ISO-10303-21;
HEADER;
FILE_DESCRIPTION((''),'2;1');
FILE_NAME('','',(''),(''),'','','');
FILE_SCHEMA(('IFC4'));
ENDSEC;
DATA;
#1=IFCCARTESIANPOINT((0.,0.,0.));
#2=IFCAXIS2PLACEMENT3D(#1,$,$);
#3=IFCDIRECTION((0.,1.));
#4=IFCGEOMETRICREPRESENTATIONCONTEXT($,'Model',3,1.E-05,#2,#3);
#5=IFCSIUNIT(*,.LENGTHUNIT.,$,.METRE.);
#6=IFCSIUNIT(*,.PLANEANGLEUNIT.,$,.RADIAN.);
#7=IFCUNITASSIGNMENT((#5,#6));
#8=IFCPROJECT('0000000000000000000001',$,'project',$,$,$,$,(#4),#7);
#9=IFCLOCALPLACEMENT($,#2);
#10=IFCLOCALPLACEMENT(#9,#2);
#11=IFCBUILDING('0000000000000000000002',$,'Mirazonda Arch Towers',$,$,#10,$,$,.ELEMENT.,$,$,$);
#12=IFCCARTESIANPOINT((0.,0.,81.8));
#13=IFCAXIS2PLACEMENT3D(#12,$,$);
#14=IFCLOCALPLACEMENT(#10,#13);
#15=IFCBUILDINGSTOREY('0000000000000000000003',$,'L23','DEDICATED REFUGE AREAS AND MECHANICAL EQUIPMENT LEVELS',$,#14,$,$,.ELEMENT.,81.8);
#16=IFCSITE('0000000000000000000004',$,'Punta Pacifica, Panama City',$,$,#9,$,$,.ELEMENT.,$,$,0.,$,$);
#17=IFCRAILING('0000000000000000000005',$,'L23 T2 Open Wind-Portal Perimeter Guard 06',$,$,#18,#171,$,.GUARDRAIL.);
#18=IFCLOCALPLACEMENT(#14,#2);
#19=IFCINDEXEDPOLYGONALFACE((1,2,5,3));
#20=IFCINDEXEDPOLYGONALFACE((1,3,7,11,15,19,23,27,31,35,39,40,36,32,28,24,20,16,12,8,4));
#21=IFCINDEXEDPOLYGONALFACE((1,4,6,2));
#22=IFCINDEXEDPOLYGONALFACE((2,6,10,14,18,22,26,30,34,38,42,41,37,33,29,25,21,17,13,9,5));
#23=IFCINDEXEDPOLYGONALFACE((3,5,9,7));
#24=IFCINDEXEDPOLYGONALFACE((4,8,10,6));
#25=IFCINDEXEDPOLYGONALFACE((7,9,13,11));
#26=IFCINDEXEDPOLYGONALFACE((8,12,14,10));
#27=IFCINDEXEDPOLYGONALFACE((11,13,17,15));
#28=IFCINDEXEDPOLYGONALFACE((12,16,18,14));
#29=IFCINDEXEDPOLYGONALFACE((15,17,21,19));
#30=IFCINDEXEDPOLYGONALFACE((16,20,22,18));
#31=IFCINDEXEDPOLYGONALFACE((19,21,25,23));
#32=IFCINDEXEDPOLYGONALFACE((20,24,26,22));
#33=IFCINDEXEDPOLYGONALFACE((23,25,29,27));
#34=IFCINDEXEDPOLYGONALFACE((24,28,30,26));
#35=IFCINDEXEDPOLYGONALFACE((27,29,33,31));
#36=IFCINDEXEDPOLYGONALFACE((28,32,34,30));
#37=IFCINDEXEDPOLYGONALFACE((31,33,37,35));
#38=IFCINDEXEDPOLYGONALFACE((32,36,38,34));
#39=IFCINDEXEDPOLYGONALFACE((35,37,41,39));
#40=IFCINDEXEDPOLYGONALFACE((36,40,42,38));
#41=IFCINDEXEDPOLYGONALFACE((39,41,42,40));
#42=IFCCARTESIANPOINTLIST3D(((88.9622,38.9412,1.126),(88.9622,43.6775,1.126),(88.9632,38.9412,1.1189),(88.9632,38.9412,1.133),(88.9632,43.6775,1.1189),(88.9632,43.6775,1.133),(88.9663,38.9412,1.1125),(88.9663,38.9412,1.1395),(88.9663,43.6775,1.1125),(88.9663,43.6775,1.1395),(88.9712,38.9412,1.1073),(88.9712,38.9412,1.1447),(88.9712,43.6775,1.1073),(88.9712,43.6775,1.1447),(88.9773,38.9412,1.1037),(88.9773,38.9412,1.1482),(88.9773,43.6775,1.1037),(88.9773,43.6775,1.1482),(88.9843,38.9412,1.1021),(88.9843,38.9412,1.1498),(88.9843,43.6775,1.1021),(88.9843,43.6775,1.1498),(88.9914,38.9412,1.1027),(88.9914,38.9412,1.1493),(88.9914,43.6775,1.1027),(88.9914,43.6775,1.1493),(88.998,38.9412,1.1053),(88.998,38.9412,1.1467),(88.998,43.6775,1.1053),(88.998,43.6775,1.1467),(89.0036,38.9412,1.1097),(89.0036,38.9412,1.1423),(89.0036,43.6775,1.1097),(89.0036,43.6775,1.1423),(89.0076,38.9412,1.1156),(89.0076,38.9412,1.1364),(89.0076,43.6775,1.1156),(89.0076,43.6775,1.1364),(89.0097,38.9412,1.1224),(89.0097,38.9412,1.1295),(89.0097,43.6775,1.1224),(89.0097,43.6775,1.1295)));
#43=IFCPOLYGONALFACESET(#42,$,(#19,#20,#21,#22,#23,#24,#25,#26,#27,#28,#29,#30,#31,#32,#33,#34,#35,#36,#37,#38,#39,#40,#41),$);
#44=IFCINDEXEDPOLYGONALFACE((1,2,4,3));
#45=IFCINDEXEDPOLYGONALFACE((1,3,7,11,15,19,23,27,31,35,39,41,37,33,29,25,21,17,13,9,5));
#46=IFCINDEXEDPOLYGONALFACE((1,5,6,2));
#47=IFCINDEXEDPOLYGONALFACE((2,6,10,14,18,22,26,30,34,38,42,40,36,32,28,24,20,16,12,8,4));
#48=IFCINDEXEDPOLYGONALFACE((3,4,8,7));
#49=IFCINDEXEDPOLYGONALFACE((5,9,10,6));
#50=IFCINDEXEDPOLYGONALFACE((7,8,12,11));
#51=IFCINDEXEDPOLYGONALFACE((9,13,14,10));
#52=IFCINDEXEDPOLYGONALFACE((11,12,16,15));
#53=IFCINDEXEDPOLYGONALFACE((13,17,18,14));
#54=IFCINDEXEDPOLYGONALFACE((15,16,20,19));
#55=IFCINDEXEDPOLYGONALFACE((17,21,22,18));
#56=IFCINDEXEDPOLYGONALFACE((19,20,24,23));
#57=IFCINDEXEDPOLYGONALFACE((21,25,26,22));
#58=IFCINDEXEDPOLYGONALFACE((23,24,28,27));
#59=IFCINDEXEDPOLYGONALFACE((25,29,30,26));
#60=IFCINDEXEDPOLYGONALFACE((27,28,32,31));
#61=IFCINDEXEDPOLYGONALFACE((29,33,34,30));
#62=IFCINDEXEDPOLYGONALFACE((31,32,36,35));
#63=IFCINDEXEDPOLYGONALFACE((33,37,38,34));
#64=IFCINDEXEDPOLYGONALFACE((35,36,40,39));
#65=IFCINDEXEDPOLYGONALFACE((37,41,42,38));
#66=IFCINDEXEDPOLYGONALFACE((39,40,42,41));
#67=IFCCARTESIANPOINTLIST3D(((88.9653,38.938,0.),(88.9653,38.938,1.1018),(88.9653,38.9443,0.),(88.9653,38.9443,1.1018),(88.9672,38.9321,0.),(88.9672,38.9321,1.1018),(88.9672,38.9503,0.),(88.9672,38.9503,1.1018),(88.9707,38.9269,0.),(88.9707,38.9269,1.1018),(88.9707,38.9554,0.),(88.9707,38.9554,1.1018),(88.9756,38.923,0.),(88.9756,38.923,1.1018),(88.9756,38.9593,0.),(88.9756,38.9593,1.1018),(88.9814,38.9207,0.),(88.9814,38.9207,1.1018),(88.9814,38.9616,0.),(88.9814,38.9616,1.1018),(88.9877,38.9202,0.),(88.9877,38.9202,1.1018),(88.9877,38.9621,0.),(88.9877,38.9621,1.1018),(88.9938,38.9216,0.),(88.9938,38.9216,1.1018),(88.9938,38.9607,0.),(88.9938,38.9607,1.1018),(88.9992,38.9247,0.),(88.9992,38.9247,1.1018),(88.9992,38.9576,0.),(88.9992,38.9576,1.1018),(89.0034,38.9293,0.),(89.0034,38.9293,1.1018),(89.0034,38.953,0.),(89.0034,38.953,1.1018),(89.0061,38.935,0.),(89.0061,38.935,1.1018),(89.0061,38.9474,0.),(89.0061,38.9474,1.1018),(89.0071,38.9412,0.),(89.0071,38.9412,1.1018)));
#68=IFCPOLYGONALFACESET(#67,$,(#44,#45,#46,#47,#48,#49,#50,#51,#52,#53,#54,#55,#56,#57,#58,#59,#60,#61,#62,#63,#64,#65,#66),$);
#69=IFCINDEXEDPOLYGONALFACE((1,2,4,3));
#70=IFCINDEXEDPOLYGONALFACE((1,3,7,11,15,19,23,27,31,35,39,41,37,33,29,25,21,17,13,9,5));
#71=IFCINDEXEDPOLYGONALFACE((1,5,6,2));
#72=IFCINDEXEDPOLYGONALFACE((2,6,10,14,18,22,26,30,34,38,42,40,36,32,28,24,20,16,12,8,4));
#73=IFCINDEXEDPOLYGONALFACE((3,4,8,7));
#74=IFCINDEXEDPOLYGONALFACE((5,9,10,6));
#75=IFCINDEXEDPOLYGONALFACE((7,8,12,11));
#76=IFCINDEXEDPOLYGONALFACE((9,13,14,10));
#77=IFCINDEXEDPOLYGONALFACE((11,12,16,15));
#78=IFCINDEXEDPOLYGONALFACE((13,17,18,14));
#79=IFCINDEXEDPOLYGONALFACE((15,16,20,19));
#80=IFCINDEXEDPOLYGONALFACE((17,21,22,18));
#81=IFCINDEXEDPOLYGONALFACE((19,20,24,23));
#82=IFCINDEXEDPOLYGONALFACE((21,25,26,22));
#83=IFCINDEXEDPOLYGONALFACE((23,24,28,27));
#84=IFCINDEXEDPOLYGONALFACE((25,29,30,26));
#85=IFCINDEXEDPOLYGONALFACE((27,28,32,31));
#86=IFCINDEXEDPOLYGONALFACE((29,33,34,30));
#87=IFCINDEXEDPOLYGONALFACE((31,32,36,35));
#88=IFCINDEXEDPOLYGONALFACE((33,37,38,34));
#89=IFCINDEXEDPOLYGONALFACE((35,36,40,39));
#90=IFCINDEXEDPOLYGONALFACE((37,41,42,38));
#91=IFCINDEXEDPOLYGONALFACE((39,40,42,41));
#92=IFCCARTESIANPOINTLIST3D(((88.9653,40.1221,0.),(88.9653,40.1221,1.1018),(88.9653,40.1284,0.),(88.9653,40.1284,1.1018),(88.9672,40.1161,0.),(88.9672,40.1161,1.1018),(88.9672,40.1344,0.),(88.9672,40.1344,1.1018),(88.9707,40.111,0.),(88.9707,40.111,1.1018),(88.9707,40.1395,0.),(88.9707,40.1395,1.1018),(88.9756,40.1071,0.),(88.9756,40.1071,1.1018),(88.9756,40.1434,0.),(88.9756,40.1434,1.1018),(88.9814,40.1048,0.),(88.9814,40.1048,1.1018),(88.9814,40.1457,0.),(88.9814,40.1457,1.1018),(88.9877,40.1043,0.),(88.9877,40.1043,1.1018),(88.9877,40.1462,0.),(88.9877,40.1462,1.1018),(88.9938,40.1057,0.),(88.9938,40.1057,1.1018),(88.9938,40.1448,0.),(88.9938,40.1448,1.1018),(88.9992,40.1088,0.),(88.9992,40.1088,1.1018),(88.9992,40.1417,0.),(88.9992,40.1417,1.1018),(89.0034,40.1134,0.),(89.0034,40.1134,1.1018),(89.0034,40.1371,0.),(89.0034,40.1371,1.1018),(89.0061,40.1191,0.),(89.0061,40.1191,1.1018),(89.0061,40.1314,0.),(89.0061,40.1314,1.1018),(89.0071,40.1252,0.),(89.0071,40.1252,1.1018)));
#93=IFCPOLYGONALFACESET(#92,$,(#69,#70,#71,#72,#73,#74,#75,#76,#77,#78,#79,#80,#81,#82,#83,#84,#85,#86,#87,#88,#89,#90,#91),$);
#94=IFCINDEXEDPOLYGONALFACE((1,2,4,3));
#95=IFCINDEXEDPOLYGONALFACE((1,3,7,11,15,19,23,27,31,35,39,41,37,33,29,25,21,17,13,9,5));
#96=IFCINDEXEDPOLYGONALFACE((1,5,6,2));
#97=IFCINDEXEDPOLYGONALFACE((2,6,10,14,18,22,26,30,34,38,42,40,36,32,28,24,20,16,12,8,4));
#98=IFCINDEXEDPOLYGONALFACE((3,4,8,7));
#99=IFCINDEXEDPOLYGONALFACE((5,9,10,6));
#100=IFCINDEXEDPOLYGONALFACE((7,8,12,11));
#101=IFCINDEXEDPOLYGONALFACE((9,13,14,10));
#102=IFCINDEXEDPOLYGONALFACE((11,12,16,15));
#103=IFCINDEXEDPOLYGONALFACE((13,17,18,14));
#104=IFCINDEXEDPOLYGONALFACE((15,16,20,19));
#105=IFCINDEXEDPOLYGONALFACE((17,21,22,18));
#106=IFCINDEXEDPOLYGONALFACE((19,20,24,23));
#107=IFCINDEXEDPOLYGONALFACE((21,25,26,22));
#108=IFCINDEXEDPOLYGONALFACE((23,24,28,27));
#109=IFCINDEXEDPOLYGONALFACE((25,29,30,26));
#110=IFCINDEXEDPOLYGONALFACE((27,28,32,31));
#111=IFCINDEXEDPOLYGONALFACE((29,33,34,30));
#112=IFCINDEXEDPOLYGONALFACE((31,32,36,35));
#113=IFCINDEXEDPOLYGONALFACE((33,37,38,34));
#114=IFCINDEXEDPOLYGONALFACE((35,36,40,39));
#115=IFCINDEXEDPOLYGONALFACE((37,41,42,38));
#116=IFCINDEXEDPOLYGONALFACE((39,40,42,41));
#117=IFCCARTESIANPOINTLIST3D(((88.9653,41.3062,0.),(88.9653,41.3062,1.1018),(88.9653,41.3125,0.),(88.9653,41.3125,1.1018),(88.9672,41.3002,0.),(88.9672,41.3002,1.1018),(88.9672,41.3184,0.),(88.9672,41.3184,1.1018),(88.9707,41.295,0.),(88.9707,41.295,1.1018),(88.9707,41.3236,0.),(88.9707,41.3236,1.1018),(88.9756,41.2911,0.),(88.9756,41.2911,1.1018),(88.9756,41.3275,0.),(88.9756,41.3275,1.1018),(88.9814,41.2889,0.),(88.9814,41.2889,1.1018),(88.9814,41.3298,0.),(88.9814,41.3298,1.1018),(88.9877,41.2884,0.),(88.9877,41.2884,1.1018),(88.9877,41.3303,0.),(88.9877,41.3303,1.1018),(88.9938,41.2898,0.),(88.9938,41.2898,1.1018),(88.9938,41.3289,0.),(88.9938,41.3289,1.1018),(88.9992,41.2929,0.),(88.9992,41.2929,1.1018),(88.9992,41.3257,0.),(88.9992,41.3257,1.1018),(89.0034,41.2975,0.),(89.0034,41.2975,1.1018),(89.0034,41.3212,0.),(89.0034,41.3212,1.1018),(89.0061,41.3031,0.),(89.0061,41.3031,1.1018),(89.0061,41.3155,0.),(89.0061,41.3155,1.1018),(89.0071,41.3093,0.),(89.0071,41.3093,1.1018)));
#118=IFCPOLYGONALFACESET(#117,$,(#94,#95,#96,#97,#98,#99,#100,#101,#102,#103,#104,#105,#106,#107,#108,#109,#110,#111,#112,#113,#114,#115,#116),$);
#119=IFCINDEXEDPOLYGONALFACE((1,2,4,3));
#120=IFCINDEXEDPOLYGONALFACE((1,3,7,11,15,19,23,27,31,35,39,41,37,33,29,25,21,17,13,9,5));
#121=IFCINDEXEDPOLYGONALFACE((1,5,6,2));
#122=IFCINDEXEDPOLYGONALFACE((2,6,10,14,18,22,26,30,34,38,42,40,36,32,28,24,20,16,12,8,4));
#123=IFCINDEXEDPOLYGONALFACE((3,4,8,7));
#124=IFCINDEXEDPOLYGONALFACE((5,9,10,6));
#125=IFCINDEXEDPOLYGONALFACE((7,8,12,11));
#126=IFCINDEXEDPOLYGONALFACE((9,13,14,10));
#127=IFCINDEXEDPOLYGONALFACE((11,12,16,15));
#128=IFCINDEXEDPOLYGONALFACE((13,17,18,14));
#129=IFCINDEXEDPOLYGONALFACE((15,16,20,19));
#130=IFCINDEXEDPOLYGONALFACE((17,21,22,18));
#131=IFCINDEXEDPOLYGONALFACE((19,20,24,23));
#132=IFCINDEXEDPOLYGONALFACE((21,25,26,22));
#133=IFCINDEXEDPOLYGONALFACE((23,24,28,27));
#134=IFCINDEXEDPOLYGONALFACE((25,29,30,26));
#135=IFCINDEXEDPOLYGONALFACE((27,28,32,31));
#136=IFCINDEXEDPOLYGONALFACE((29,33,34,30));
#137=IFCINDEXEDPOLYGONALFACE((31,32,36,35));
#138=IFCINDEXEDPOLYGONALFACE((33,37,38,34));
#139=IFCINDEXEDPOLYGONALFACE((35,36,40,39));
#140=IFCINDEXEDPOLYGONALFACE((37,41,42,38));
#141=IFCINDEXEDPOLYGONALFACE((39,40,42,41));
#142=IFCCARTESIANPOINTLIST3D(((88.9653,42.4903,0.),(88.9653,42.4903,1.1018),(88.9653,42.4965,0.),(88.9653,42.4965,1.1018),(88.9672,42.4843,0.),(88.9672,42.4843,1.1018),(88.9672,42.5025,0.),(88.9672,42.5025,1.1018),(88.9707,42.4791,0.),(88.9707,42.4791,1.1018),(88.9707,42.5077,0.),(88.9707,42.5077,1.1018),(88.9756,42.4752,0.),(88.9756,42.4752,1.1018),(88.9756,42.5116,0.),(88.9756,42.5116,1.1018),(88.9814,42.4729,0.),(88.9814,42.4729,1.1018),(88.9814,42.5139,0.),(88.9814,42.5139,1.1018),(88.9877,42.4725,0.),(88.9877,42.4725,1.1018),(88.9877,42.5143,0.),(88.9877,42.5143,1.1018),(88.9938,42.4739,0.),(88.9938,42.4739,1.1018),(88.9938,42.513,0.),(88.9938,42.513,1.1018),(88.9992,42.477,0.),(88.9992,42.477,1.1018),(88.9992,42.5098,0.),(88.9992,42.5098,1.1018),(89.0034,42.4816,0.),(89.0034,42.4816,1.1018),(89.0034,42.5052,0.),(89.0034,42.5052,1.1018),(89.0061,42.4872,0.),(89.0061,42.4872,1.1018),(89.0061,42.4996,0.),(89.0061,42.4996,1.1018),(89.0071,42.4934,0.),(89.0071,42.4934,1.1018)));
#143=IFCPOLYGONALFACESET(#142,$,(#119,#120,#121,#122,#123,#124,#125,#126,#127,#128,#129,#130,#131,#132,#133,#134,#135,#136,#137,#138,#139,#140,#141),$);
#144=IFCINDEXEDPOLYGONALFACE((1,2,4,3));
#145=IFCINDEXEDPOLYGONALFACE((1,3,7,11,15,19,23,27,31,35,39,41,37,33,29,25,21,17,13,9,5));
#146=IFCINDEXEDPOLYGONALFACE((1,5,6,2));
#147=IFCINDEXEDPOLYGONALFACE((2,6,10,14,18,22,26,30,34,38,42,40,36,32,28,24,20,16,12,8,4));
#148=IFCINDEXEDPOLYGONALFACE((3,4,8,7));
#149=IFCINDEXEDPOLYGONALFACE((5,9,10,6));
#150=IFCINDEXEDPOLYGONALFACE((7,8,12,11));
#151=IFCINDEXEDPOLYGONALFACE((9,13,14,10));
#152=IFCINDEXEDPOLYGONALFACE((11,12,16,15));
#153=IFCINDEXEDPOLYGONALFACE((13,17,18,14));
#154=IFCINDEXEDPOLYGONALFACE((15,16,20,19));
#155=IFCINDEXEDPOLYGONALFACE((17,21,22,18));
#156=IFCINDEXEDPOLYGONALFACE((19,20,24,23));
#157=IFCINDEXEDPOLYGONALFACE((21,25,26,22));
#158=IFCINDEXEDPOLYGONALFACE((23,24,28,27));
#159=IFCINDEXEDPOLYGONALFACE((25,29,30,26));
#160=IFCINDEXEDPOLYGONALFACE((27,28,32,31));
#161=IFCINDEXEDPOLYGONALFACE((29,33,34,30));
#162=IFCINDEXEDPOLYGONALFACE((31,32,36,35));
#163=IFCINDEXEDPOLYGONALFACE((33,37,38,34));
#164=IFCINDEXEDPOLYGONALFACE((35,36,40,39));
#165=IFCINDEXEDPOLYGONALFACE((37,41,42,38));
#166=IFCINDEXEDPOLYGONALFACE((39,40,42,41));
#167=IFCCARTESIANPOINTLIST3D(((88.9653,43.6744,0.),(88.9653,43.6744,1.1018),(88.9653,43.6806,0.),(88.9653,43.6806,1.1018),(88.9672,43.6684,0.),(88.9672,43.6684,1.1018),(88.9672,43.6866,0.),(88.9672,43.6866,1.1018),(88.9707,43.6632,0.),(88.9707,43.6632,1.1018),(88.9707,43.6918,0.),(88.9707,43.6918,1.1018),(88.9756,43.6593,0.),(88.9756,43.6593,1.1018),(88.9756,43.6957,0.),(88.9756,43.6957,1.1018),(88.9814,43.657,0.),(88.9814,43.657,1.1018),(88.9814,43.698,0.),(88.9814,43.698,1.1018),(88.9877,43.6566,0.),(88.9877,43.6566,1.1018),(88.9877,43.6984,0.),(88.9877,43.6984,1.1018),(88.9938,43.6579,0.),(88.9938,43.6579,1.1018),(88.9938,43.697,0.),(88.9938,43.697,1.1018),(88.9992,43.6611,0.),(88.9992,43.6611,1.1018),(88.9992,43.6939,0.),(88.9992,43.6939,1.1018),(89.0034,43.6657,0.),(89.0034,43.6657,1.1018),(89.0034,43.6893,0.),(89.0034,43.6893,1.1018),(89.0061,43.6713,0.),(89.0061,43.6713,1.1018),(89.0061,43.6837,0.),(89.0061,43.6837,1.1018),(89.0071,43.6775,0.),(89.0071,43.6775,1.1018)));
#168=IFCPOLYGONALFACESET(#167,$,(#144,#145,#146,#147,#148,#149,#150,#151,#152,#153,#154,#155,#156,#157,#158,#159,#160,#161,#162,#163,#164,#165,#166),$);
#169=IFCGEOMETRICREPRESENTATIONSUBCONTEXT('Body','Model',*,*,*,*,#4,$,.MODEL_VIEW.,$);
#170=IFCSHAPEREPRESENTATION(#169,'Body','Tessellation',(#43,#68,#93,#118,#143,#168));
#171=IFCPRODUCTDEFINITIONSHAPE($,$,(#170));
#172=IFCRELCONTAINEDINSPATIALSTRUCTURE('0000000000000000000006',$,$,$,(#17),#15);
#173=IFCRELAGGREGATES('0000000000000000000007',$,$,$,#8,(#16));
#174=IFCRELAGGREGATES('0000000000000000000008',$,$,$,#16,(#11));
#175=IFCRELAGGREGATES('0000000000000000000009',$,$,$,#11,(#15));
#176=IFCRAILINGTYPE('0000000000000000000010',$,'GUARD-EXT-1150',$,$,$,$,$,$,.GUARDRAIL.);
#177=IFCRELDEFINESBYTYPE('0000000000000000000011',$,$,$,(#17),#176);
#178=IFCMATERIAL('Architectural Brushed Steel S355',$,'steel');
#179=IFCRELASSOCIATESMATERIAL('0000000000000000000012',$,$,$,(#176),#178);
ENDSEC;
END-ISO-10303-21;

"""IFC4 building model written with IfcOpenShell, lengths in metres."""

from ifc_helpers import new_model, si_unit, direction, frame, origin, origin_2d, place, context, subcontext, project, spatial, circle, extrude, material, type_object, element, save


model = new_model("IFC4")

# Units and contexts
model_context = context("Model", 3, precision=1e-05, world=origin(), true_north=direction((0.0, 1.0)))
body_context = subcontext(model_context, "Body", "Model", "MODEL_VIEW")
ifc_project = project(units=[si_unit("LENGTHUNIT", "METRE"), si_unit("PLANEANGLEUNIT", "RADIAN")], contexts=[model_context])

# Site, building, storey
site_placement = place(None, origin())
site = spatial("IfcSite", under=ifc_project, at=site_placement, Name="Punta Pacifica, Panama City", CompositionType="ELEMENT", RefElevation=0.0)
building_placement = place(site_placement, origin())
building = spatial("IfcBuilding", under=site, at=building_placement, Name="Mirazonda Arch Towers", CompositionType="ELEMENT")
storey_placement = place(building_placement, frame((0.0, 0.0, 81.8)))
storey = spatial("IfcBuildingStorey", under=building, at=storey_placement, Name="L23", Description="DEDICATED REFUGE AREAS AND MECHANICAL EQUIPMENT LEVELS", CompositionType="ELEMENT", Elevation=81.8)

# Railing
ifc_material_1 = material(Name="Architectural Brushed Steel S355", Category="steel")
railing_type = type_object("IfcRailingType", Name="GUARD-EXT-1150", PredefinedType="GUARDRAIL", material=ifc_material_1)
railing_1_placement = place(storey_placement, frame((88.9861, 38.9412, 0.0)))
element("IfcRailing", 1, at=railing_1_placement, inside=storey, type_object=railing_type, Name="L23 T2 Open Wind-Portal Perimeter Guard 06", PredefinedType="GUARDRAIL", context=body_context, shape_type="SweptSolid", body=[
    extrude(circle(Radius=0.0239, at=origin_2d()), frame((0.0, 0.0, 1.126), z_axis=(0.0, 1.0, 0.0), x_axis=(-1.0, 0.0, 0.0)), (0.0, 0.0, 1.0), 4.7363),
    extrude(circle(Radius=0.021, at=origin_2d()), origin(), (0.0, 0.0, 1.0), 1.1018),
    extrude(circle(Radius=0.021, at=origin_2d()), frame((0.0, 1.1841, 0.0)), (0.0, 0.0, 1.0), 1.1018),
    extrude(circle(Radius=0.021, at=origin_2d()), frame((0.0, 2.3682, 0.0)), (0.0, 0.0, 1.0), 1.1018),
    extrude(circle(Radius=0.021, at=origin_2d()), frame((0.0, 3.5522, 0.0)), (0.0, 0.0, 1.0), 1.1018),
    extrude(circle(Radius=0.021, at=origin_2d()), frame((0.0, 4.7363, 0.0)), (0.0, 0.0, 1.0), 1.1018),
])

save(model, "model.ifc")
